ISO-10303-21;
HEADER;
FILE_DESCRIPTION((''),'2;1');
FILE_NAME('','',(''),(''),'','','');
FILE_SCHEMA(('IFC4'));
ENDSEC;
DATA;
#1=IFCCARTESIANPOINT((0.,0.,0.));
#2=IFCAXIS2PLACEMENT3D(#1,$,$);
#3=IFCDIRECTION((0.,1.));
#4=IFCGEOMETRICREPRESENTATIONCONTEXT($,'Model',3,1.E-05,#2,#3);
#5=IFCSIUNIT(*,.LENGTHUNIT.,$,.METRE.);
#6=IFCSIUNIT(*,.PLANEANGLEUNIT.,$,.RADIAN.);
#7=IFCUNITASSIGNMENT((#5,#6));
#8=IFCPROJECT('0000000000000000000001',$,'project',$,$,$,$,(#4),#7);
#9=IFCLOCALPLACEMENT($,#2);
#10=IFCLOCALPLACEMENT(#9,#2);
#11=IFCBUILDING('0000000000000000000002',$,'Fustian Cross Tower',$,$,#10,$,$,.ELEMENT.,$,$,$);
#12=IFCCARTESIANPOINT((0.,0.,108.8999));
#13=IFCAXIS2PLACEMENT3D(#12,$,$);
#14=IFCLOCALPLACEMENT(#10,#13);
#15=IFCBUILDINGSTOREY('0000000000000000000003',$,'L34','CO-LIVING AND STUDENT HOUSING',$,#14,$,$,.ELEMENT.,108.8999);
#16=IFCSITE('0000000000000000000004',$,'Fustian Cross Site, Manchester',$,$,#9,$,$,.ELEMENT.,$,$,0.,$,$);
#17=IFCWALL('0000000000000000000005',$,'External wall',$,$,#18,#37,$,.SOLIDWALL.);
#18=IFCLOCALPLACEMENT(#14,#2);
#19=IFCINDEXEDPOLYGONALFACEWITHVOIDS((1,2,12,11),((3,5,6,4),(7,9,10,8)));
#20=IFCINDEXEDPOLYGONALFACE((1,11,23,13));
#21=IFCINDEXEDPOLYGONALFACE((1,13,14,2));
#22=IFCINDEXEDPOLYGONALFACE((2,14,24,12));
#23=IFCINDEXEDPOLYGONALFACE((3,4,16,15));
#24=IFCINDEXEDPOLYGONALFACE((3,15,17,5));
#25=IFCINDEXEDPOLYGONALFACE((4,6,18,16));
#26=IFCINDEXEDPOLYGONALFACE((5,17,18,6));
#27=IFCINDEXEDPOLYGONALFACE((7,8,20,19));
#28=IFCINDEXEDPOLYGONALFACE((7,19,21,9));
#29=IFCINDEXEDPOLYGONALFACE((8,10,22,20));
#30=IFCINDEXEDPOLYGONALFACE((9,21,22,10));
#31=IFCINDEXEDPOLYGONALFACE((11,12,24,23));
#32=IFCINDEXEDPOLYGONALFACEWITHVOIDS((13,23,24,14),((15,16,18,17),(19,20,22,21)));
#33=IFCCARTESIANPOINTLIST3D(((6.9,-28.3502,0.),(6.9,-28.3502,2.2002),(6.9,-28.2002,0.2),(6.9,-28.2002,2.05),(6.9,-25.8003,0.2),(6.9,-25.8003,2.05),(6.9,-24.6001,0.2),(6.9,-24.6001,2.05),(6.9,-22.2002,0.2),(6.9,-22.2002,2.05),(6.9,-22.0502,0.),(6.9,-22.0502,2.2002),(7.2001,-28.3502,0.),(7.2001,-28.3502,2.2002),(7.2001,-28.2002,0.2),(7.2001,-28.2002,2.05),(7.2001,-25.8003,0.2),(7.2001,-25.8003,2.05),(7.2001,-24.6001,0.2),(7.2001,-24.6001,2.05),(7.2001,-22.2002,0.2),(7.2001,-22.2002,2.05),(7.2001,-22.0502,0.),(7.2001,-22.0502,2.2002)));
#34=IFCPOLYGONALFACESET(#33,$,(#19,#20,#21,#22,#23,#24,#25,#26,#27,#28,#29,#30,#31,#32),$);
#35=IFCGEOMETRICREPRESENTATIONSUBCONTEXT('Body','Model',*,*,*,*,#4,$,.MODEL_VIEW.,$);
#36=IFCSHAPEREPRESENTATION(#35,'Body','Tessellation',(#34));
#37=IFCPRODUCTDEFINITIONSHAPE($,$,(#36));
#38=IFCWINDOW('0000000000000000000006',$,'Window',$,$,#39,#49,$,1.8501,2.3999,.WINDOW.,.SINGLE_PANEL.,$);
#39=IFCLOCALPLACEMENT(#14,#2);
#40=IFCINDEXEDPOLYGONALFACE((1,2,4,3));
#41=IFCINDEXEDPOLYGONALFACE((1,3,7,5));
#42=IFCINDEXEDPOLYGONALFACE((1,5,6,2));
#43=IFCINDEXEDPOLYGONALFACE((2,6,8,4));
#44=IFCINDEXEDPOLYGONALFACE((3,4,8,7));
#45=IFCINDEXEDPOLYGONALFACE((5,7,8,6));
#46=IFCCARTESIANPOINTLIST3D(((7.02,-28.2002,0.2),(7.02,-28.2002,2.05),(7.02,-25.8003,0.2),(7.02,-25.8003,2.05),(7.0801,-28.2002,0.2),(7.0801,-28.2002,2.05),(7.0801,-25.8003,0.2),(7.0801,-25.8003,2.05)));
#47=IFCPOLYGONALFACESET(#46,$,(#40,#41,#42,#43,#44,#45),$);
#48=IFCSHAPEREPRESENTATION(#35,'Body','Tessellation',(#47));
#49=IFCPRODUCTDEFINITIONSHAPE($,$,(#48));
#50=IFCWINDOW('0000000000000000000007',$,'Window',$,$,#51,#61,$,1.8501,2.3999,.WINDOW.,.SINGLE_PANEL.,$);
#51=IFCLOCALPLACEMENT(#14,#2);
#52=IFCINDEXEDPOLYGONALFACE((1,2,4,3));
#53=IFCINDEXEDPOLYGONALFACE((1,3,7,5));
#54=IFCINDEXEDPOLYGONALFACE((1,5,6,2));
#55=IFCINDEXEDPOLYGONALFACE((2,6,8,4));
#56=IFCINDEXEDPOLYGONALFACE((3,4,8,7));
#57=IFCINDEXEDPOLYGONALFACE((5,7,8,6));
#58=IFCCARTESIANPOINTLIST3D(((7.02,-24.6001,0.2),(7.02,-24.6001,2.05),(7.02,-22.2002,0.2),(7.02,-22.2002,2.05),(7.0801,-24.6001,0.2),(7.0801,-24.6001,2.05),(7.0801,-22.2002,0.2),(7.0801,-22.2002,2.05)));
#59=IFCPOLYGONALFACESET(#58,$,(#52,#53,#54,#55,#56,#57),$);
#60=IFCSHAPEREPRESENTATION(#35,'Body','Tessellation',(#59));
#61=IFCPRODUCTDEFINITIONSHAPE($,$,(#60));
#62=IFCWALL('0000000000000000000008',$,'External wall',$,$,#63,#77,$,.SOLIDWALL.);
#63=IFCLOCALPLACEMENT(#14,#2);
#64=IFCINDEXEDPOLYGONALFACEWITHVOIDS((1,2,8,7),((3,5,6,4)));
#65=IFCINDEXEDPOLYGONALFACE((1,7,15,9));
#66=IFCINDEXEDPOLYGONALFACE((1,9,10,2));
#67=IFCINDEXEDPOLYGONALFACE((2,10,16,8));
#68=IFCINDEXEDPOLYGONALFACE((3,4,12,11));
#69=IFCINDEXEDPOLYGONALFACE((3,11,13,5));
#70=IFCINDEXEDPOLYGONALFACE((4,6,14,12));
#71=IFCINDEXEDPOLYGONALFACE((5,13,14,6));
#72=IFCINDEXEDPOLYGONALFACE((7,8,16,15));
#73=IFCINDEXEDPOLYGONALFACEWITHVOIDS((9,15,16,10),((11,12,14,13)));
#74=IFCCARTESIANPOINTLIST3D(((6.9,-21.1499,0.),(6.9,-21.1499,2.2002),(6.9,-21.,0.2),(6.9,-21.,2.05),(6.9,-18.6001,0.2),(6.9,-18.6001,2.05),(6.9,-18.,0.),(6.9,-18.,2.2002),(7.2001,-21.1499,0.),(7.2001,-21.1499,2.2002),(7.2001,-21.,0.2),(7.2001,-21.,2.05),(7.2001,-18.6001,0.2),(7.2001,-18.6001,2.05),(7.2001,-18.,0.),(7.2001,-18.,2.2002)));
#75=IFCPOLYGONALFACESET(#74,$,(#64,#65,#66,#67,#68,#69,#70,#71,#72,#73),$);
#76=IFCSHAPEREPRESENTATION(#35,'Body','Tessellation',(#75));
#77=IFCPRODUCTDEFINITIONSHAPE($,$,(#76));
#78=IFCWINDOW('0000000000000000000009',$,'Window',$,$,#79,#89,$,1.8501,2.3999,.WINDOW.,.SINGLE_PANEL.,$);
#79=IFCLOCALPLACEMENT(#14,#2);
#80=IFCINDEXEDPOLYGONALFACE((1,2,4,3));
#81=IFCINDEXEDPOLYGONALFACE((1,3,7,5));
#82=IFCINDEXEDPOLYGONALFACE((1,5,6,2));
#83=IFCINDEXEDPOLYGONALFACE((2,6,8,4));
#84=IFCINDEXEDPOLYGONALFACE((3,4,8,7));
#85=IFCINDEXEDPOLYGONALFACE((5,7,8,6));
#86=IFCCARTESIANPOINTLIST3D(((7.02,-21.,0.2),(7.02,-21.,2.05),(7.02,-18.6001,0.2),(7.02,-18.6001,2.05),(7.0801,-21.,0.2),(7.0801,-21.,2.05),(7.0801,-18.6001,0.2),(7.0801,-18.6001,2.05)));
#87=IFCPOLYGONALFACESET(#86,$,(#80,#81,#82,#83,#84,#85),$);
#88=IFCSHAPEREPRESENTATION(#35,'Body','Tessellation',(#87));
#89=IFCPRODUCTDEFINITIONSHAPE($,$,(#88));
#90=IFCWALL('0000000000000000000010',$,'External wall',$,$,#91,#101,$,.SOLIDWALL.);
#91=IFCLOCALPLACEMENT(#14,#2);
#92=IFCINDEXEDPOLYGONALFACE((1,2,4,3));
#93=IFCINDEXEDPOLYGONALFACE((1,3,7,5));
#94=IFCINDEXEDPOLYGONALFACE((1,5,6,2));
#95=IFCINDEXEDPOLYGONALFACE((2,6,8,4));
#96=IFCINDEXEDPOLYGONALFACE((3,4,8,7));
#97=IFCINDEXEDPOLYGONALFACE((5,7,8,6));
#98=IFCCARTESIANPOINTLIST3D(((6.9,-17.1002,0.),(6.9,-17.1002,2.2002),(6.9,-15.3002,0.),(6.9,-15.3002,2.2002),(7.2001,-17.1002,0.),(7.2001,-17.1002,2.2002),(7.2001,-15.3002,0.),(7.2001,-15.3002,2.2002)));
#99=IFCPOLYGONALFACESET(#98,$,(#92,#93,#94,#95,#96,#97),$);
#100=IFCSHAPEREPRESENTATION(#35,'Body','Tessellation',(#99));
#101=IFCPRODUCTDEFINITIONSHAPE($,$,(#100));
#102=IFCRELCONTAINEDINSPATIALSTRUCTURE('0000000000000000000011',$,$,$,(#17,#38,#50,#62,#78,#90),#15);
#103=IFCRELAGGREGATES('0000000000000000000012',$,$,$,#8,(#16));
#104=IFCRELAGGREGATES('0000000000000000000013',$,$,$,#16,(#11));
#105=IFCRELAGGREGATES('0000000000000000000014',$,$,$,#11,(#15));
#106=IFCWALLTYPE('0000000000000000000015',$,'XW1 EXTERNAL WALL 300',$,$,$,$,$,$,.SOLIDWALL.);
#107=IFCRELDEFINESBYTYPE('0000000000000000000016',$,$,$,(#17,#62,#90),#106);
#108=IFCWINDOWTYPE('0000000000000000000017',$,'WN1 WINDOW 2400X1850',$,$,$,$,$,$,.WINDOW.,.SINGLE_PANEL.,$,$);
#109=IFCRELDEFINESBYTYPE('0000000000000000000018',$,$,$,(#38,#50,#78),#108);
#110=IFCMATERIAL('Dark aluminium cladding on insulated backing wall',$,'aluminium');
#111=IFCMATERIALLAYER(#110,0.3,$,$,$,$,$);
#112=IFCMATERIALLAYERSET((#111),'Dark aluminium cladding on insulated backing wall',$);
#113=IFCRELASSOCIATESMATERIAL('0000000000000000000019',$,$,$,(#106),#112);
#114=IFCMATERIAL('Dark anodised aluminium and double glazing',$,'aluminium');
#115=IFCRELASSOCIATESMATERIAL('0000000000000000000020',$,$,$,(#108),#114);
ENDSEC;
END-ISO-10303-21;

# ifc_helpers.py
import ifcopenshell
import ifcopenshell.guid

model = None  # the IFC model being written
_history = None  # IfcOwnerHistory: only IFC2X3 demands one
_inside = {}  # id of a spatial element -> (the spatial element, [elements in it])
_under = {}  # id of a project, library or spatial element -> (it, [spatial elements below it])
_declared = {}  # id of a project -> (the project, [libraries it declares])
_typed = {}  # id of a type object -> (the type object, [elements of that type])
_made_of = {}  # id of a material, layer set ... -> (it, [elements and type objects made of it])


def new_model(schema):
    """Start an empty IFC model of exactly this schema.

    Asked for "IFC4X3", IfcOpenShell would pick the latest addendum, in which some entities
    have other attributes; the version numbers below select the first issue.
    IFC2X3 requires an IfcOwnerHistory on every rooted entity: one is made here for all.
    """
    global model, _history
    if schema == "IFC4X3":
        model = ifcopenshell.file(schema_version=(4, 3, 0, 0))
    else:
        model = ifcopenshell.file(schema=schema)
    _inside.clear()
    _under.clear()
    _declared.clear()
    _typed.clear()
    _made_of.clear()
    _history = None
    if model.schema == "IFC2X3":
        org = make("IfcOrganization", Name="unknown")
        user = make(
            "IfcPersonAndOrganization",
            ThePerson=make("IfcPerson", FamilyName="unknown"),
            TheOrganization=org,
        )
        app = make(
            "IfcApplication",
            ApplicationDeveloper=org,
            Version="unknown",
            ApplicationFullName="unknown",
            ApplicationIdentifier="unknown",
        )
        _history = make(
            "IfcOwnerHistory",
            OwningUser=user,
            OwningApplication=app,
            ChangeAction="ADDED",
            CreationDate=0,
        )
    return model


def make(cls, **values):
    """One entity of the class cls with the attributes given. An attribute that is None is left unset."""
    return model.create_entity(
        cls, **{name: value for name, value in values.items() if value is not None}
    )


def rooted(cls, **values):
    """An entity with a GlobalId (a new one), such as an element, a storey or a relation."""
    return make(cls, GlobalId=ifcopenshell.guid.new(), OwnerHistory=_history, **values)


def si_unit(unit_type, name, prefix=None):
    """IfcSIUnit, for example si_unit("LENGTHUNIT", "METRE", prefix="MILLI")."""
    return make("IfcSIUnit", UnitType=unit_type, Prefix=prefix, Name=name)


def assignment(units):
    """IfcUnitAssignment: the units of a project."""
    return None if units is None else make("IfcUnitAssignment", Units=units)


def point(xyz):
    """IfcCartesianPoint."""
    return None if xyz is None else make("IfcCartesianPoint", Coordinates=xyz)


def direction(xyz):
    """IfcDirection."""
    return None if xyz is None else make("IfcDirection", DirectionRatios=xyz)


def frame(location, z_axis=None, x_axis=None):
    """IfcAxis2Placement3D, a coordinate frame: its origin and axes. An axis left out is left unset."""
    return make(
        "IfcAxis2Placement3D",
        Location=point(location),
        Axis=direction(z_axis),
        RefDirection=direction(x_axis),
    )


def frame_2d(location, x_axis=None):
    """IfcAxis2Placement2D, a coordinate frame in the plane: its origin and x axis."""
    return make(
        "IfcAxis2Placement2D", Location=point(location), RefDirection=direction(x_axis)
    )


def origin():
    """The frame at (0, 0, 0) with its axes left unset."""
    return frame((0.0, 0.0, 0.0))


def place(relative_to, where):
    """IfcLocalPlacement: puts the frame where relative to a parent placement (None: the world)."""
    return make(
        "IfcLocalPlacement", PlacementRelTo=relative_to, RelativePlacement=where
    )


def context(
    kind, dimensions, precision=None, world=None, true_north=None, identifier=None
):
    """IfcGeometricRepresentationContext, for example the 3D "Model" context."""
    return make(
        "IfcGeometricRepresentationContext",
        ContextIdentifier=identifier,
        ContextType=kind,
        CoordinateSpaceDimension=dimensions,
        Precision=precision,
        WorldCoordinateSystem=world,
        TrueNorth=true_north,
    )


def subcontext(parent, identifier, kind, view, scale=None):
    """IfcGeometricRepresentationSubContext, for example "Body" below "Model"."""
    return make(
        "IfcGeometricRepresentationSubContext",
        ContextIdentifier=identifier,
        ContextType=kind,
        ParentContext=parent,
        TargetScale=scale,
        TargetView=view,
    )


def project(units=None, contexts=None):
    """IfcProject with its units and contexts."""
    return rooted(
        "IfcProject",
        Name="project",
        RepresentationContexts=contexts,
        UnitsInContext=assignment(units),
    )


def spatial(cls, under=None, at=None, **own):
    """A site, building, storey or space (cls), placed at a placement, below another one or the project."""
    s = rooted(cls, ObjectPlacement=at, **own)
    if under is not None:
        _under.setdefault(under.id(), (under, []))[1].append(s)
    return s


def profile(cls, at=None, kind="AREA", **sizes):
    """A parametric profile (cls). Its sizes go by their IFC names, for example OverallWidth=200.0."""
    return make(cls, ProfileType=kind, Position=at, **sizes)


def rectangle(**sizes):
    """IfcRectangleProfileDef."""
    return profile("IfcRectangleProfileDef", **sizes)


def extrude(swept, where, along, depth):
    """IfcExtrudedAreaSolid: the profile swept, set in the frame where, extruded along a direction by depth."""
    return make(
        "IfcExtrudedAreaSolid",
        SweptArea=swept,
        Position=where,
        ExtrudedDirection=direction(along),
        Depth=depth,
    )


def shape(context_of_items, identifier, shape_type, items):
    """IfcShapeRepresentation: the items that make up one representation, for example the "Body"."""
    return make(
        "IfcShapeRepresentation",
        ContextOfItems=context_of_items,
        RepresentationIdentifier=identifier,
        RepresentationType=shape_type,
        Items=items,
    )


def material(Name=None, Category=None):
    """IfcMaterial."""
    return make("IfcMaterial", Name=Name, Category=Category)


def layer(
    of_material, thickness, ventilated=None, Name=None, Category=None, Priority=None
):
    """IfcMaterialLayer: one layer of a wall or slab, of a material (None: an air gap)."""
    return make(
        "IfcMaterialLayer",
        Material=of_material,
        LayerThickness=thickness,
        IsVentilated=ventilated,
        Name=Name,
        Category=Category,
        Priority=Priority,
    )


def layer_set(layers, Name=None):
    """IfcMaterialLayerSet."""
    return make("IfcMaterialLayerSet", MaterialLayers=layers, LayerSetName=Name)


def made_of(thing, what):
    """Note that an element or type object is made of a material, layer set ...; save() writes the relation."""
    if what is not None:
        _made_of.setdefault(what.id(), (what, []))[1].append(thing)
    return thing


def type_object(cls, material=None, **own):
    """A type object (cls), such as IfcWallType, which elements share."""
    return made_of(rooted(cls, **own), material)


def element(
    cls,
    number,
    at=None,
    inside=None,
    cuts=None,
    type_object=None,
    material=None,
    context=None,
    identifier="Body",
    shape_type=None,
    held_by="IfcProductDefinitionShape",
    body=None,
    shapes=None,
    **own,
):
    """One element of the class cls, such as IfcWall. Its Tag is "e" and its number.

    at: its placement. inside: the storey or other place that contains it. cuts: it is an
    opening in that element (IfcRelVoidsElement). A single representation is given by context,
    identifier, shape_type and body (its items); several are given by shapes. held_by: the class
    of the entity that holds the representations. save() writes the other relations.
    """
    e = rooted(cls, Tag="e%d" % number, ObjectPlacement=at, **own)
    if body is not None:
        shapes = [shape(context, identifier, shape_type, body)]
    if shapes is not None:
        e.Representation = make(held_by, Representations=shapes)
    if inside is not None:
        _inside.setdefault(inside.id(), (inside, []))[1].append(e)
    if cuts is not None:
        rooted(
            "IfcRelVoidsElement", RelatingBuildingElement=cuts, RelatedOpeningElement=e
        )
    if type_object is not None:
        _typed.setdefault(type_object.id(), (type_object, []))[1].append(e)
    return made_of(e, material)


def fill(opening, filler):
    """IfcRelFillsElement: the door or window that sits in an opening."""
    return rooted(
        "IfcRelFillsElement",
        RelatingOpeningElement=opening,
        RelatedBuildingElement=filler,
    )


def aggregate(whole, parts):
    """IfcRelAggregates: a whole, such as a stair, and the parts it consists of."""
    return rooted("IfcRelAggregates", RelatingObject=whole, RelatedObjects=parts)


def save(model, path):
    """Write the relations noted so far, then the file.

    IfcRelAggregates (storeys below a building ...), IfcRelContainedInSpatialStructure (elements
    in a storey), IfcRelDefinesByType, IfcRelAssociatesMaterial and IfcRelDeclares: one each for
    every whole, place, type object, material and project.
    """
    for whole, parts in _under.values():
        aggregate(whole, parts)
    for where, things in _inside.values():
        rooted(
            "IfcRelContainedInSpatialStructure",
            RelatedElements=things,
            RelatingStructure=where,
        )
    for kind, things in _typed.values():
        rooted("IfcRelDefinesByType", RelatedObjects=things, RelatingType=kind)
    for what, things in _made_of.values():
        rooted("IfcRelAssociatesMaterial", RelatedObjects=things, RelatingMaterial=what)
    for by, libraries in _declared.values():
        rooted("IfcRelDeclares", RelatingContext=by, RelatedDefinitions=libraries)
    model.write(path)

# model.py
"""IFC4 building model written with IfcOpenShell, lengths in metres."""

from ifc_helpers import new_model, si_unit, direction, frame, frame_2d, origin, place, context, subcontext, project, spatial, rectangle, extrude, material, layer, layer_set, type_object, element, fill, save


model = new_model("IFC4")

# Units and contexts
model_context = context("Model", 3, precision=1e-05, world=origin(), true_north=direction((0.0, 1.0)))
body_context = subcontext(model_context, "Body", "Model", "MODEL_VIEW")
ifc_project = project(units=[si_unit("LENGTHUNIT", "METRE"), si_unit("PLANEANGLEUNIT", "RADIAN")], contexts=[model_context])

# Site, building, storey
site_placement = place(None, origin())
site = spatial("IfcSite", under=ifc_project, at=site_placement, Name="Fustian Cross Site, Manchester", CompositionType="ELEMENT", RefElevation=0.0)
building_placement = place(site_placement, origin())
building = spatial("IfcBuilding", under=site, at=building_placement, Name="Fustian Cross Tower", CompositionType="ELEMENT")
storey_placement = place(building_placement, frame((0.0, 0.0, 108.8999)))
storey = spatial("IfcBuildingStorey", under=building, at=storey_placement, Name="L34", Description="CO-LIVING AND STUDENT HOUSING", CompositionType="ELEMENT", Elevation=108.8999)

# Shared definitions
ifc_material_1 = material(Name="Dark aluminium cladding on insulated backing wall", Category="aluminium")
ifc_layer_1 = layer(ifc_material_1, 0.3)
ifc_layer_set_1 = layer_set([ifc_layer_1], Name="Dark aluminium cladding on insulated backing wall")
wall_type_1 = type_object("IfcWallType", Name="XW1 EXTERNAL WALL 300", PredefinedType="SOLIDWALL", material=ifc_layer_set_1)
ifc_material_2 = material(Name="Dark anodised aluminium and double glazing", Category="aluminium")
window_type_1 = type_object("IfcWindowType", Name="WN1 WINDOW 2400X1850", PartitioningType="SINGLE_PANEL", PredefinedType="WINDOW", material=ifc_material_2)

# Wall, openings, windows
wall_1_placement = place(storey_placement, frame((7.05, -28.3501, 0.0), z_axis=(0.0, 0.0, 1.0), x_axis=(0.0, 1.0, 0.0)))
wall_1 = element("IfcWall", 1, at=wall_1_placement, inside=storey, type_object=wall_type_1, Name="External wall", PredefinedType="SOLIDWALL", context=body_context, shape_type="SweptSolid", body=[
    extrude(rectangle(XDim=6.3, YDim=0.3, at=frame_2d((3.1499, 0.0))), origin(), (0.0, 0.0, 1.0), 2.2002),
])
opening_1_placement = place(wall_1_placement, frame((0.1499, 0.0, 0.2)))
opening_1 = element("IfcOpeningElement", 2, at=opening_1_placement, cuts=wall_1, PredefinedType="OPENING", context=body_context, shape_type="SweptSolid", body=[
    extrude(rectangle(XDim=2.3999, YDim=1.8501, at=frame_2d((1.2, 0.925))), frame((0.0, 0.1599, 0.0), z_axis=(0.0, -1.0, 0.0), x_axis=(1.0, 0.0, 0.0)), (0.0, 0.0, 1.0), 0.3201),
])
opening_2_placement = place(wall_1_placement, frame((3.75, 0.0, 0.2)))
opening_2 = element("IfcOpeningElement", 3, at=opening_2_placement, cuts=wall_1, PredefinedType="OPENING", context=body_context, shape_type="SweptSolid", body=[
    extrude(rectangle(XDim=2.3999, YDim=1.8501, at=frame_2d((1.2, 0.925))), frame((0.0, 0.1599, 0.0), z_axis=(0.0, -1.0, 0.0), x_axis=(1.0, 0.0, 0.0)), (0.0, 0.0, 1.0), 0.3201),
])
window_1_placement = place(opening_1_placement, origin())
window_1 = element("IfcWindow", 4, at=window_1_placement, inside=storey, type_object=window_type_1, Name="Window", OverallHeight=1.8501, OverallWidth=2.3999, PartitioningType="SINGLE_PANEL", PredefinedType="WINDOW", context=body_context, shape_type="SweptSolid", body=[
    extrude(rectangle(XDim=2.3999, YDim=1.8501, at=frame_2d((1.2, 0.925))), frame((0.0, 0.03, 0.0), z_axis=(0.0, -1.0, 0.0), x_axis=(1.0, 0.0, 0.0)), (0.0, 0.0, 1.0), 0.0601),
])
fill(opening_1, window_1)
window_2_placement = place(opening_2_placement, origin())
window_2 = element("IfcWindow", 5, at=window_2_placement, inside=storey, type_object=window_type_1, Name="Window", OverallHeight=1.8501, OverallWidth=2.3999, PartitioningType="SINGLE_PANEL", PredefinedType="WINDOW", context=body_context, shape_type="SweptSolid", body=[
    extrude(rectangle(XDim=2.3999, YDim=1.8501, at=frame_2d((1.2, 0.925))), frame((0.0, 0.03, 0.0), z_axis=(0.0, -1.0, 0.0), x_axis=(1.0, 0.0, 0.0)), (0.0, 0.0, 1.0), 0.0601),
])
fill(opening_2, window_2)

# Wall, opening, window
wall_2_placement = place(storey_placement, frame((7.05, -21.1499, 0.0), z_axis=(0.0, 0.0, 1.0), x_axis=(0.0, 1.0, 0.0)))
wall_2 = element("IfcWall", 6, at=wall_2_placement, inside=storey, type_object=wall_type_1, Name="External wall", PredefinedType="SOLIDWALL", context=body_context, shape_type="SweptSolid", body=[
    extrude(rectangle(XDim=3.1499, YDim=0.3, at=frame_2d((1.575, 0.0))), origin(), (0.0, 0.0, 1.0), 2.2002),
])
opening_3_placement = place(wall_2_placement, frame((0.1499, 0.0, 0.2)))
opening_3 = element("IfcOpeningElement", 7, at=opening_3_placement, cuts=wall_2, PredefinedType="OPENING", context=body_context, shape_type="SweptSolid", body=[
    extrude(rectangle(XDim=2.3999, YDim=1.8501, at=frame_2d((1.2, 0.925))), frame((0.0, 0.1599, 0.0), z_axis=(0.0, -1.0, 0.0), x_axis=(1.0, 0.0, 0.0)), (0.0, 0.0, 1.0), 0.3201),
])
window_3_placement = place(opening_3_placement, origin())
window_3 = element("IfcWindow", 8, at=window_3_placement, inside=storey, type_object=window_type_1, Name="Window", OverallHeight=1.8501, OverallWidth=2.3999, PartitioningType="SINGLE_PANEL", PredefinedType="WINDOW", context=body_context, shape_type="SweptSolid", body=[
    extrude(rectangle(XDim=2.3999, YDim=1.8501, at=frame_2d((1.2, 0.925))), frame((0.0, 0.03, 0.0), z_axis=(0.0, -1.0, 0.0), x_axis=(1.0, 0.0, 0.0)), (0.0, 0.0, 1.0), 0.0601),
])
fill(opening_3, window_3)

# Wall
wall_3_placement = place(storey_placement, frame((7.05, -17.1001, 0.0), z_axis=(0.0, 0.0, 1.0), x_axis=(0.0, 1.0, 0.0)))
element("IfcWall", 9, at=wall_3_placement, inside=storey, type_object=wall_type_1, Name="External wall", PredefinedType="SOLIDWALL", context=body_context, shape_type="SweptSolid", body=[
    extrude(rectangle(XDim=1.8, YDim=0.3, at=frame_2d((0.8999, 0.0))), origin(), (0.0, 0.0, 1.0), 2.2002),
])

save(model, "model.ifc")
